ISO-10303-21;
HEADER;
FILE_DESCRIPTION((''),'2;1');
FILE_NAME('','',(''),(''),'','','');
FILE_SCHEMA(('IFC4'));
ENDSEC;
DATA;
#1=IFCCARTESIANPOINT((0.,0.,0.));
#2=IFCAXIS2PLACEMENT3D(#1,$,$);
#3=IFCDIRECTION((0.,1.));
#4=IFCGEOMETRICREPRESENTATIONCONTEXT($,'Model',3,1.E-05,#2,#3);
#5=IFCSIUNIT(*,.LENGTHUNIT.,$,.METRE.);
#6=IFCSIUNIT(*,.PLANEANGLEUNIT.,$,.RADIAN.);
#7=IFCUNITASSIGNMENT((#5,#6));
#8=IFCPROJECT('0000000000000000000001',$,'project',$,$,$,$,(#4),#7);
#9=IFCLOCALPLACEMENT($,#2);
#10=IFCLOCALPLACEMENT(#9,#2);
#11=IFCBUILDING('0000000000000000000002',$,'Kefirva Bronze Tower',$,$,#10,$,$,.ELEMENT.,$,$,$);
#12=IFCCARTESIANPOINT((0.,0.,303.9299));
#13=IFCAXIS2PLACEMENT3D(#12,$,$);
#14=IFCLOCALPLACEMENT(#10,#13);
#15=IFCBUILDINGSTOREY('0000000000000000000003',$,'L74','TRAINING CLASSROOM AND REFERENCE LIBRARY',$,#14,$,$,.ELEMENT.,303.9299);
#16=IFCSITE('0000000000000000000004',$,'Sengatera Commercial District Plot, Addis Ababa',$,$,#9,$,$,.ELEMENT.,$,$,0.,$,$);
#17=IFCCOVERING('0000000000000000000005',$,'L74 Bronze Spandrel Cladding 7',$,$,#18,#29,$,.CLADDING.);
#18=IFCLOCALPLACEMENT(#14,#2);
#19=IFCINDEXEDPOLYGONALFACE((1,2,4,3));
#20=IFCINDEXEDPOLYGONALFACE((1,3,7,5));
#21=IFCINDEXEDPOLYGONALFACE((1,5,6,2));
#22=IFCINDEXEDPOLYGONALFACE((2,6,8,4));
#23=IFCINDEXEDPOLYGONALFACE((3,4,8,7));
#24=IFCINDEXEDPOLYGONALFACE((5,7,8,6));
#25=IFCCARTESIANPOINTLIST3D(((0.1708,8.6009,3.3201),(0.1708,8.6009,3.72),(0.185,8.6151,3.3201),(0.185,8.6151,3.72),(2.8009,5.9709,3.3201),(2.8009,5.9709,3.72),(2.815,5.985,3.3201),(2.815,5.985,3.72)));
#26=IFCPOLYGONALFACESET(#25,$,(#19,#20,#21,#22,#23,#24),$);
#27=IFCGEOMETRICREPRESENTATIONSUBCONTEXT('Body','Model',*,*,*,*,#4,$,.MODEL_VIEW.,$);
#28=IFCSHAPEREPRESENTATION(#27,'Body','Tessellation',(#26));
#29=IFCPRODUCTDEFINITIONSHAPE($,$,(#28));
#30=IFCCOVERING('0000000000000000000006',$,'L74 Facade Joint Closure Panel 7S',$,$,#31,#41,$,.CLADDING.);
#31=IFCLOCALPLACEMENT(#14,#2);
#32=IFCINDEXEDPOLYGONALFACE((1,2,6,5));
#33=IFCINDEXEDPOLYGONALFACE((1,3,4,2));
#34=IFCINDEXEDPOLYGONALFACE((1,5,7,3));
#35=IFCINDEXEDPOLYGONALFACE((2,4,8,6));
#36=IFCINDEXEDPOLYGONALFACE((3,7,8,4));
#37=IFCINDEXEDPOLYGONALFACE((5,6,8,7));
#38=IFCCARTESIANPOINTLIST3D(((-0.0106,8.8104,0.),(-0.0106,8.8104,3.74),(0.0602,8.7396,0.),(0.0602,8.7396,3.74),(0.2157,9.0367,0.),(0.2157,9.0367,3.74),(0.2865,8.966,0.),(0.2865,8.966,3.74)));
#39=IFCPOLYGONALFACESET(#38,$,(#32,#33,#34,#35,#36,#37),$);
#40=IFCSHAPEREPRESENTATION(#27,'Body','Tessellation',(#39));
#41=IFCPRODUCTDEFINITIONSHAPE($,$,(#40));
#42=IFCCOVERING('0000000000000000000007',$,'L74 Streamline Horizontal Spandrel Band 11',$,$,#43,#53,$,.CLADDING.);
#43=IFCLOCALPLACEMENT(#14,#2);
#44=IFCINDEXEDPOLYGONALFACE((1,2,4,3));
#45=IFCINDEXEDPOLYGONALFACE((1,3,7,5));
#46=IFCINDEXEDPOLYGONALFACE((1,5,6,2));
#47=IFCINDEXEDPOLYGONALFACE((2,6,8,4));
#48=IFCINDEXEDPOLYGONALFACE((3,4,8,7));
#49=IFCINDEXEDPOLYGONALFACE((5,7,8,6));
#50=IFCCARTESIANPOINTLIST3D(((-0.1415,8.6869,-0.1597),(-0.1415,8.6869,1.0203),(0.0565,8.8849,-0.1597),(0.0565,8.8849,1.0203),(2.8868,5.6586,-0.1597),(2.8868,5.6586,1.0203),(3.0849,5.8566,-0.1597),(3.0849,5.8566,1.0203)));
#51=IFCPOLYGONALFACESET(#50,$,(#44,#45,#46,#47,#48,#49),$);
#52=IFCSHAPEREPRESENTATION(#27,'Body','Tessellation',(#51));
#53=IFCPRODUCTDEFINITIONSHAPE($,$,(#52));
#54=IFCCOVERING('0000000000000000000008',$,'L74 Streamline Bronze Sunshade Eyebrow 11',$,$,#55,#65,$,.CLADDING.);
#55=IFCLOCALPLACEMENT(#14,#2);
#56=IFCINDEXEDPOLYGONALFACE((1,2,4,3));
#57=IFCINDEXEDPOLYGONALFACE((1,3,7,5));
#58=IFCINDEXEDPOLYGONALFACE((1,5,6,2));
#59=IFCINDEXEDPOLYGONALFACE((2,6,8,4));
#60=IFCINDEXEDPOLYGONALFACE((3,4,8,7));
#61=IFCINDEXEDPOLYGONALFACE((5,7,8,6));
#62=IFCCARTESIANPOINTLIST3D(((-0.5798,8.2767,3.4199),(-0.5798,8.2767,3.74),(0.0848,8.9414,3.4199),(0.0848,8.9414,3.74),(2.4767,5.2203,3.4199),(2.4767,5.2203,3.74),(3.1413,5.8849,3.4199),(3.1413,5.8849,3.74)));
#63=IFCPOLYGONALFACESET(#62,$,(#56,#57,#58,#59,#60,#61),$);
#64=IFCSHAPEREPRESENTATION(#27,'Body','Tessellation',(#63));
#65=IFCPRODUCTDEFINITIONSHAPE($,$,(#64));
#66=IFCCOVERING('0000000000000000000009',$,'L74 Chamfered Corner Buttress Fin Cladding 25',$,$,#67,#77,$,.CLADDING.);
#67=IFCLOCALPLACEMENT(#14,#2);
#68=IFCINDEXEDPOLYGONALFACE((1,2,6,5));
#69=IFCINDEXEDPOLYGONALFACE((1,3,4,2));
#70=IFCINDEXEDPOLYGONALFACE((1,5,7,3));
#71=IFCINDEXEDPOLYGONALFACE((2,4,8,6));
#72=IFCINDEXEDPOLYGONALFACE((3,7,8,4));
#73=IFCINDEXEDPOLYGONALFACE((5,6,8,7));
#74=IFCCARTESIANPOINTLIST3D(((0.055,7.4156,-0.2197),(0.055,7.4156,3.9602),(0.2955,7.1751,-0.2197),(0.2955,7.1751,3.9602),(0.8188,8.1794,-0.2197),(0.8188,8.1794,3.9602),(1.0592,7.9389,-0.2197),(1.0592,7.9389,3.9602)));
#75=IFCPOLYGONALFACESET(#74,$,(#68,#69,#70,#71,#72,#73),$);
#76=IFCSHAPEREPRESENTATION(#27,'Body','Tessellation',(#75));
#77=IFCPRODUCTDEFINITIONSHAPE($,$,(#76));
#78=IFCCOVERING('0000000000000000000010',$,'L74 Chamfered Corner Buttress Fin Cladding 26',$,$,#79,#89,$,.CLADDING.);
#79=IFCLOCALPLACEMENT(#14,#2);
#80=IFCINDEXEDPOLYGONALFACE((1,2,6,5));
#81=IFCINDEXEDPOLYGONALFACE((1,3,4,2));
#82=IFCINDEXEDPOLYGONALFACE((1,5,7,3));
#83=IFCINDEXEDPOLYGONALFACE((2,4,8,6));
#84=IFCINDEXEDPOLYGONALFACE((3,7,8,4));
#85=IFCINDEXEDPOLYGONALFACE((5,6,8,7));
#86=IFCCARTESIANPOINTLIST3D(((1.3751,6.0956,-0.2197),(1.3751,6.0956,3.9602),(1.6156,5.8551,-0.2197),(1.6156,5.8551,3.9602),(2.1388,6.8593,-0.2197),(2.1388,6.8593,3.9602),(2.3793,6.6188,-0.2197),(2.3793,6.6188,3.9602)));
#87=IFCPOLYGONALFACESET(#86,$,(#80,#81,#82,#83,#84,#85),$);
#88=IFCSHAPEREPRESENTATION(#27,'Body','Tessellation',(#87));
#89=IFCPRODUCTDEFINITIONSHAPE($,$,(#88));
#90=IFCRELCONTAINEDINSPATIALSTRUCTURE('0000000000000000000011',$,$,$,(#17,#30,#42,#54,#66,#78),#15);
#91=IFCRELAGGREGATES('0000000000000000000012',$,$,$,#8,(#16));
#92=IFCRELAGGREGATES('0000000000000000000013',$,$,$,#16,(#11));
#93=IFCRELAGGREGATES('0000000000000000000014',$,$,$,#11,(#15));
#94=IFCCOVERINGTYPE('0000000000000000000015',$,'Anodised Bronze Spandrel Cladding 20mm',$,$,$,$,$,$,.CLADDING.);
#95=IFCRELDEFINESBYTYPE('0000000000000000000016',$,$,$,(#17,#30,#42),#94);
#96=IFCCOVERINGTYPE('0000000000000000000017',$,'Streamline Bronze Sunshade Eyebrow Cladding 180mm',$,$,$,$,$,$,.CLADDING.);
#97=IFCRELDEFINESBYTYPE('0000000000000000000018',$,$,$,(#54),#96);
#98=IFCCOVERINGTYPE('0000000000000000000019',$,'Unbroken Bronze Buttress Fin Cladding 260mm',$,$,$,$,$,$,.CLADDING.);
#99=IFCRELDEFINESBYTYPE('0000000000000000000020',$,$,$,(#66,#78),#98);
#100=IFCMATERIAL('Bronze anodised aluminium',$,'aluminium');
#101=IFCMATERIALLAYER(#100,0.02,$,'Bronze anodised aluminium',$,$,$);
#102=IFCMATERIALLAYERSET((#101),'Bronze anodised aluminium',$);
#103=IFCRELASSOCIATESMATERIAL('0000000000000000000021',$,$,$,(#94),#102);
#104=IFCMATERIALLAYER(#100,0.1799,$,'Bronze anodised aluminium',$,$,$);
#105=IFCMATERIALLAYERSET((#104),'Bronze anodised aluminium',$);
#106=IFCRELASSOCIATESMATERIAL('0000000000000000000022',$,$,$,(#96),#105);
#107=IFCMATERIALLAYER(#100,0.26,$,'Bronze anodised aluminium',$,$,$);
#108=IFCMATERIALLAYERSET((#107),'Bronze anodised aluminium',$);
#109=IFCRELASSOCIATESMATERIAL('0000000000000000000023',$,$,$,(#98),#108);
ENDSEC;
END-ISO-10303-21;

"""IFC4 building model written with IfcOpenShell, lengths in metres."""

from ifc_helpers import new_model, si_unit, direction, frame, origin, origin_2d, place, context, subcontext, project, spatial, rectangle, extrude, material, layer, layer_set, type_object, element, save


model = new_model("IFC4")

# Units and contexts
model_context = context("Model", 3, precision=1e-05, world=origin(), true_north=direction((0.0, 1.0)))
body_context = subcontext(model_context, "Body", "Model", "MODEL_VIEW")
ifc_project = project(units=[si_unit("LENGTHUNIT", "METRE"), si_unit("PLANEANGLEUNIT", "RADIAN")], contexts=[model_context])

# Site, building, storey
site_placement = place(None, origin())
site = spatial("IfcSite", under=ifc_project, at=site_placement, Name="Sengatera Commercial District Plot, Addis Ababa", CompositionType="ELEMENT", RefElevation=0.0)
building_placement = place(site_placement, origin())
building = spatial("IfcBuilding", under=site, at=building_placement, Name="Kefirva Bronze Tower", CompositionType="ELEMENT")
storey_placement = place(building_placement, frame((0.0, 0.0, 303.9299)))
storey = spatial("IfcBuildingStorey", under=building, at=storey_placement, Name="L74", Description="TRAINING CLASSROOM AND REFERENCE LIBRARY", CompositionType="ELEMENT", Elevation=303.9299)

# Shared definitions
ifc_material_1 = material(Name="Bronze anodised aluminium", Category="aluminium")

# Coverings
ifc_layer_1 = layer(ifc_material_1, 0.02, Name="Bronze anodised aluminium")
ifc_layer_set_1 = layer_set([ifc_layer_1], Name="Bronze anodised aluminium")
covering_type_1 = type_object("IfcCoveringType", Name="Anodised Bronze Spandrel Cladding 20mm", PredefinedType="CLADDING", material=ifc_layer_set_1)
covering_1_placement = place(storey_placement, frame((1.4929, 7.293, 3.3201), z_axis=(0.0, 0.0, 1.0), x_axis=(0.707107, -0.707107, 0.0)))
element("IfcCovering", 1, at=covering_1_placement, inside=storey, type_object=covering_type_1, Name="L74 Bronze Spandrel Cladding 7", PredefinedType="CLADDING", context=body_context, shape_type="SweptSolid", body=[
    extrude(rectangle(XDim=3.7195, YDim=0.02, at=origin_2d()), origin(), (0.0, 0.0, 1.0), 0.3999),
])
covering_2_placement = place(storey_placement, frame((0.1379, 8.8882, 0.0), z_axis=(0.0, 0.0, 1.0), x_axis=(0.707107, -0.707107, 0.0)))
element("IfcCovering", 2, at=covering_2_placement, inside=storey, type_object=covering_type_1, Name="L74 Facade Joint Closure Panel 7S", PredefinedType="CLADDING", context=body_context, shape_type="SweptSolid", body=[
    extrude(rectangle(XDim=0.1001, YDim=0.3201, at=origin_2d()), origin(), (0.0, 0.0, 1.0), 3.74),
])
covering_3_placement = place(storey_placement, frame((1.4717, 7.2717, -0.1597), z_axis=(0.0, 0.0, 1.0), x_axis=(0.707107, -0.707107, 0.0)))
element("IfcCovering", 3, at=covering_3_placement, inside=storey, type_object=covering_type_1, Name="L74 Streamline Horizontal Spandrel Band 11", PredefinedType="CLADDING", context=body_context, shape_type="SweptSolid", body=[
    extrude(rectangle(XDim=4.2827, YDim=0.28, at=origin_2d()), origin(), (0.0, 0.0, 1.0), 1.1799),
])
ifc_layer_2 = layer(ifc_material_1, 0.1799, Name="Bronze anodised aluminium")
ifc_layer_set_2 = layer_set([ifc_layer_2], Name="Bronze anodised aluminium")
covering_type_2 = type_object("IfcCoveringType", Name="Streamline Bronze Sunshade Eyebrow Cladding 180mm", PredefinedType="CLADDING", material=ifc_layer_set_2)
covering_4_placement = place(storey_placement, frame((1.2808, 7.0808, 3.4199), z_axis=(0.0, 0.0, 1.0), x_axis=(0.707107, -0.707107, 0.0)))
element("IfcCovering", 4, at=covering_4_placement, inside=storey, type_object=covering_type_2, Name="L74 Streamline Bronze Sunshade Eyebrow 11", PredefinedType="CLADDING", context=body_context, shape_type="SweptSolid", body=[
    extrude(rectangle(XDim=4.3225, YDim=0.9399, at=origin_2d()), origin(), (0.0, 0.0, 1.0), 0.3201),
])
ifc_layer_3 = layer(ifc_material_1, 0.26, Name="Bronze anodised aluminium")
ifc_layer_set_3 = layer_set([ifc_layer_3], Name="Bronze anodised aluminium")
covering_type_3 = type_object("IfcCoveringType", Name="Unbroken Bronze Buttress Fin Cladding 260mm", PredefinedType="CLADDING", material=ifc_layer_set_3)
for number, where, z_axis, x_axis, name in (
    (5, (0.5571, 7.6772, -0.2197), (0.0, 0.0, 1.0), (0.707107, -0.707107, 0.0), "L74 Chamfered Corner Buttress Fin Cladding 25"),
    (6, (1.8772, 6.3572, -0.2197), (0.0, 0.0, 1.0), (0.707107, -0.707107, 0.0), "L74 Chamfered Corner Buttress Fin Cladding 26"),
):
    element("IfcCovering", number, at=place(storey_placement, frame(where, z_axis=z_axis, x_axis=x_axis)), inside=storey, type_object=covering_type_3, Name=name, PredefinedType="CLADDING", context=body_context, shape_type="SweptSolid", body=[
        extrude(rectangle(XDim=0.3401, YDim=1.0801, at=origin_2d()), origin(), (0.0, 0.0, 1.0), 4.1799),
    ])

save(model, "model.ifc")
